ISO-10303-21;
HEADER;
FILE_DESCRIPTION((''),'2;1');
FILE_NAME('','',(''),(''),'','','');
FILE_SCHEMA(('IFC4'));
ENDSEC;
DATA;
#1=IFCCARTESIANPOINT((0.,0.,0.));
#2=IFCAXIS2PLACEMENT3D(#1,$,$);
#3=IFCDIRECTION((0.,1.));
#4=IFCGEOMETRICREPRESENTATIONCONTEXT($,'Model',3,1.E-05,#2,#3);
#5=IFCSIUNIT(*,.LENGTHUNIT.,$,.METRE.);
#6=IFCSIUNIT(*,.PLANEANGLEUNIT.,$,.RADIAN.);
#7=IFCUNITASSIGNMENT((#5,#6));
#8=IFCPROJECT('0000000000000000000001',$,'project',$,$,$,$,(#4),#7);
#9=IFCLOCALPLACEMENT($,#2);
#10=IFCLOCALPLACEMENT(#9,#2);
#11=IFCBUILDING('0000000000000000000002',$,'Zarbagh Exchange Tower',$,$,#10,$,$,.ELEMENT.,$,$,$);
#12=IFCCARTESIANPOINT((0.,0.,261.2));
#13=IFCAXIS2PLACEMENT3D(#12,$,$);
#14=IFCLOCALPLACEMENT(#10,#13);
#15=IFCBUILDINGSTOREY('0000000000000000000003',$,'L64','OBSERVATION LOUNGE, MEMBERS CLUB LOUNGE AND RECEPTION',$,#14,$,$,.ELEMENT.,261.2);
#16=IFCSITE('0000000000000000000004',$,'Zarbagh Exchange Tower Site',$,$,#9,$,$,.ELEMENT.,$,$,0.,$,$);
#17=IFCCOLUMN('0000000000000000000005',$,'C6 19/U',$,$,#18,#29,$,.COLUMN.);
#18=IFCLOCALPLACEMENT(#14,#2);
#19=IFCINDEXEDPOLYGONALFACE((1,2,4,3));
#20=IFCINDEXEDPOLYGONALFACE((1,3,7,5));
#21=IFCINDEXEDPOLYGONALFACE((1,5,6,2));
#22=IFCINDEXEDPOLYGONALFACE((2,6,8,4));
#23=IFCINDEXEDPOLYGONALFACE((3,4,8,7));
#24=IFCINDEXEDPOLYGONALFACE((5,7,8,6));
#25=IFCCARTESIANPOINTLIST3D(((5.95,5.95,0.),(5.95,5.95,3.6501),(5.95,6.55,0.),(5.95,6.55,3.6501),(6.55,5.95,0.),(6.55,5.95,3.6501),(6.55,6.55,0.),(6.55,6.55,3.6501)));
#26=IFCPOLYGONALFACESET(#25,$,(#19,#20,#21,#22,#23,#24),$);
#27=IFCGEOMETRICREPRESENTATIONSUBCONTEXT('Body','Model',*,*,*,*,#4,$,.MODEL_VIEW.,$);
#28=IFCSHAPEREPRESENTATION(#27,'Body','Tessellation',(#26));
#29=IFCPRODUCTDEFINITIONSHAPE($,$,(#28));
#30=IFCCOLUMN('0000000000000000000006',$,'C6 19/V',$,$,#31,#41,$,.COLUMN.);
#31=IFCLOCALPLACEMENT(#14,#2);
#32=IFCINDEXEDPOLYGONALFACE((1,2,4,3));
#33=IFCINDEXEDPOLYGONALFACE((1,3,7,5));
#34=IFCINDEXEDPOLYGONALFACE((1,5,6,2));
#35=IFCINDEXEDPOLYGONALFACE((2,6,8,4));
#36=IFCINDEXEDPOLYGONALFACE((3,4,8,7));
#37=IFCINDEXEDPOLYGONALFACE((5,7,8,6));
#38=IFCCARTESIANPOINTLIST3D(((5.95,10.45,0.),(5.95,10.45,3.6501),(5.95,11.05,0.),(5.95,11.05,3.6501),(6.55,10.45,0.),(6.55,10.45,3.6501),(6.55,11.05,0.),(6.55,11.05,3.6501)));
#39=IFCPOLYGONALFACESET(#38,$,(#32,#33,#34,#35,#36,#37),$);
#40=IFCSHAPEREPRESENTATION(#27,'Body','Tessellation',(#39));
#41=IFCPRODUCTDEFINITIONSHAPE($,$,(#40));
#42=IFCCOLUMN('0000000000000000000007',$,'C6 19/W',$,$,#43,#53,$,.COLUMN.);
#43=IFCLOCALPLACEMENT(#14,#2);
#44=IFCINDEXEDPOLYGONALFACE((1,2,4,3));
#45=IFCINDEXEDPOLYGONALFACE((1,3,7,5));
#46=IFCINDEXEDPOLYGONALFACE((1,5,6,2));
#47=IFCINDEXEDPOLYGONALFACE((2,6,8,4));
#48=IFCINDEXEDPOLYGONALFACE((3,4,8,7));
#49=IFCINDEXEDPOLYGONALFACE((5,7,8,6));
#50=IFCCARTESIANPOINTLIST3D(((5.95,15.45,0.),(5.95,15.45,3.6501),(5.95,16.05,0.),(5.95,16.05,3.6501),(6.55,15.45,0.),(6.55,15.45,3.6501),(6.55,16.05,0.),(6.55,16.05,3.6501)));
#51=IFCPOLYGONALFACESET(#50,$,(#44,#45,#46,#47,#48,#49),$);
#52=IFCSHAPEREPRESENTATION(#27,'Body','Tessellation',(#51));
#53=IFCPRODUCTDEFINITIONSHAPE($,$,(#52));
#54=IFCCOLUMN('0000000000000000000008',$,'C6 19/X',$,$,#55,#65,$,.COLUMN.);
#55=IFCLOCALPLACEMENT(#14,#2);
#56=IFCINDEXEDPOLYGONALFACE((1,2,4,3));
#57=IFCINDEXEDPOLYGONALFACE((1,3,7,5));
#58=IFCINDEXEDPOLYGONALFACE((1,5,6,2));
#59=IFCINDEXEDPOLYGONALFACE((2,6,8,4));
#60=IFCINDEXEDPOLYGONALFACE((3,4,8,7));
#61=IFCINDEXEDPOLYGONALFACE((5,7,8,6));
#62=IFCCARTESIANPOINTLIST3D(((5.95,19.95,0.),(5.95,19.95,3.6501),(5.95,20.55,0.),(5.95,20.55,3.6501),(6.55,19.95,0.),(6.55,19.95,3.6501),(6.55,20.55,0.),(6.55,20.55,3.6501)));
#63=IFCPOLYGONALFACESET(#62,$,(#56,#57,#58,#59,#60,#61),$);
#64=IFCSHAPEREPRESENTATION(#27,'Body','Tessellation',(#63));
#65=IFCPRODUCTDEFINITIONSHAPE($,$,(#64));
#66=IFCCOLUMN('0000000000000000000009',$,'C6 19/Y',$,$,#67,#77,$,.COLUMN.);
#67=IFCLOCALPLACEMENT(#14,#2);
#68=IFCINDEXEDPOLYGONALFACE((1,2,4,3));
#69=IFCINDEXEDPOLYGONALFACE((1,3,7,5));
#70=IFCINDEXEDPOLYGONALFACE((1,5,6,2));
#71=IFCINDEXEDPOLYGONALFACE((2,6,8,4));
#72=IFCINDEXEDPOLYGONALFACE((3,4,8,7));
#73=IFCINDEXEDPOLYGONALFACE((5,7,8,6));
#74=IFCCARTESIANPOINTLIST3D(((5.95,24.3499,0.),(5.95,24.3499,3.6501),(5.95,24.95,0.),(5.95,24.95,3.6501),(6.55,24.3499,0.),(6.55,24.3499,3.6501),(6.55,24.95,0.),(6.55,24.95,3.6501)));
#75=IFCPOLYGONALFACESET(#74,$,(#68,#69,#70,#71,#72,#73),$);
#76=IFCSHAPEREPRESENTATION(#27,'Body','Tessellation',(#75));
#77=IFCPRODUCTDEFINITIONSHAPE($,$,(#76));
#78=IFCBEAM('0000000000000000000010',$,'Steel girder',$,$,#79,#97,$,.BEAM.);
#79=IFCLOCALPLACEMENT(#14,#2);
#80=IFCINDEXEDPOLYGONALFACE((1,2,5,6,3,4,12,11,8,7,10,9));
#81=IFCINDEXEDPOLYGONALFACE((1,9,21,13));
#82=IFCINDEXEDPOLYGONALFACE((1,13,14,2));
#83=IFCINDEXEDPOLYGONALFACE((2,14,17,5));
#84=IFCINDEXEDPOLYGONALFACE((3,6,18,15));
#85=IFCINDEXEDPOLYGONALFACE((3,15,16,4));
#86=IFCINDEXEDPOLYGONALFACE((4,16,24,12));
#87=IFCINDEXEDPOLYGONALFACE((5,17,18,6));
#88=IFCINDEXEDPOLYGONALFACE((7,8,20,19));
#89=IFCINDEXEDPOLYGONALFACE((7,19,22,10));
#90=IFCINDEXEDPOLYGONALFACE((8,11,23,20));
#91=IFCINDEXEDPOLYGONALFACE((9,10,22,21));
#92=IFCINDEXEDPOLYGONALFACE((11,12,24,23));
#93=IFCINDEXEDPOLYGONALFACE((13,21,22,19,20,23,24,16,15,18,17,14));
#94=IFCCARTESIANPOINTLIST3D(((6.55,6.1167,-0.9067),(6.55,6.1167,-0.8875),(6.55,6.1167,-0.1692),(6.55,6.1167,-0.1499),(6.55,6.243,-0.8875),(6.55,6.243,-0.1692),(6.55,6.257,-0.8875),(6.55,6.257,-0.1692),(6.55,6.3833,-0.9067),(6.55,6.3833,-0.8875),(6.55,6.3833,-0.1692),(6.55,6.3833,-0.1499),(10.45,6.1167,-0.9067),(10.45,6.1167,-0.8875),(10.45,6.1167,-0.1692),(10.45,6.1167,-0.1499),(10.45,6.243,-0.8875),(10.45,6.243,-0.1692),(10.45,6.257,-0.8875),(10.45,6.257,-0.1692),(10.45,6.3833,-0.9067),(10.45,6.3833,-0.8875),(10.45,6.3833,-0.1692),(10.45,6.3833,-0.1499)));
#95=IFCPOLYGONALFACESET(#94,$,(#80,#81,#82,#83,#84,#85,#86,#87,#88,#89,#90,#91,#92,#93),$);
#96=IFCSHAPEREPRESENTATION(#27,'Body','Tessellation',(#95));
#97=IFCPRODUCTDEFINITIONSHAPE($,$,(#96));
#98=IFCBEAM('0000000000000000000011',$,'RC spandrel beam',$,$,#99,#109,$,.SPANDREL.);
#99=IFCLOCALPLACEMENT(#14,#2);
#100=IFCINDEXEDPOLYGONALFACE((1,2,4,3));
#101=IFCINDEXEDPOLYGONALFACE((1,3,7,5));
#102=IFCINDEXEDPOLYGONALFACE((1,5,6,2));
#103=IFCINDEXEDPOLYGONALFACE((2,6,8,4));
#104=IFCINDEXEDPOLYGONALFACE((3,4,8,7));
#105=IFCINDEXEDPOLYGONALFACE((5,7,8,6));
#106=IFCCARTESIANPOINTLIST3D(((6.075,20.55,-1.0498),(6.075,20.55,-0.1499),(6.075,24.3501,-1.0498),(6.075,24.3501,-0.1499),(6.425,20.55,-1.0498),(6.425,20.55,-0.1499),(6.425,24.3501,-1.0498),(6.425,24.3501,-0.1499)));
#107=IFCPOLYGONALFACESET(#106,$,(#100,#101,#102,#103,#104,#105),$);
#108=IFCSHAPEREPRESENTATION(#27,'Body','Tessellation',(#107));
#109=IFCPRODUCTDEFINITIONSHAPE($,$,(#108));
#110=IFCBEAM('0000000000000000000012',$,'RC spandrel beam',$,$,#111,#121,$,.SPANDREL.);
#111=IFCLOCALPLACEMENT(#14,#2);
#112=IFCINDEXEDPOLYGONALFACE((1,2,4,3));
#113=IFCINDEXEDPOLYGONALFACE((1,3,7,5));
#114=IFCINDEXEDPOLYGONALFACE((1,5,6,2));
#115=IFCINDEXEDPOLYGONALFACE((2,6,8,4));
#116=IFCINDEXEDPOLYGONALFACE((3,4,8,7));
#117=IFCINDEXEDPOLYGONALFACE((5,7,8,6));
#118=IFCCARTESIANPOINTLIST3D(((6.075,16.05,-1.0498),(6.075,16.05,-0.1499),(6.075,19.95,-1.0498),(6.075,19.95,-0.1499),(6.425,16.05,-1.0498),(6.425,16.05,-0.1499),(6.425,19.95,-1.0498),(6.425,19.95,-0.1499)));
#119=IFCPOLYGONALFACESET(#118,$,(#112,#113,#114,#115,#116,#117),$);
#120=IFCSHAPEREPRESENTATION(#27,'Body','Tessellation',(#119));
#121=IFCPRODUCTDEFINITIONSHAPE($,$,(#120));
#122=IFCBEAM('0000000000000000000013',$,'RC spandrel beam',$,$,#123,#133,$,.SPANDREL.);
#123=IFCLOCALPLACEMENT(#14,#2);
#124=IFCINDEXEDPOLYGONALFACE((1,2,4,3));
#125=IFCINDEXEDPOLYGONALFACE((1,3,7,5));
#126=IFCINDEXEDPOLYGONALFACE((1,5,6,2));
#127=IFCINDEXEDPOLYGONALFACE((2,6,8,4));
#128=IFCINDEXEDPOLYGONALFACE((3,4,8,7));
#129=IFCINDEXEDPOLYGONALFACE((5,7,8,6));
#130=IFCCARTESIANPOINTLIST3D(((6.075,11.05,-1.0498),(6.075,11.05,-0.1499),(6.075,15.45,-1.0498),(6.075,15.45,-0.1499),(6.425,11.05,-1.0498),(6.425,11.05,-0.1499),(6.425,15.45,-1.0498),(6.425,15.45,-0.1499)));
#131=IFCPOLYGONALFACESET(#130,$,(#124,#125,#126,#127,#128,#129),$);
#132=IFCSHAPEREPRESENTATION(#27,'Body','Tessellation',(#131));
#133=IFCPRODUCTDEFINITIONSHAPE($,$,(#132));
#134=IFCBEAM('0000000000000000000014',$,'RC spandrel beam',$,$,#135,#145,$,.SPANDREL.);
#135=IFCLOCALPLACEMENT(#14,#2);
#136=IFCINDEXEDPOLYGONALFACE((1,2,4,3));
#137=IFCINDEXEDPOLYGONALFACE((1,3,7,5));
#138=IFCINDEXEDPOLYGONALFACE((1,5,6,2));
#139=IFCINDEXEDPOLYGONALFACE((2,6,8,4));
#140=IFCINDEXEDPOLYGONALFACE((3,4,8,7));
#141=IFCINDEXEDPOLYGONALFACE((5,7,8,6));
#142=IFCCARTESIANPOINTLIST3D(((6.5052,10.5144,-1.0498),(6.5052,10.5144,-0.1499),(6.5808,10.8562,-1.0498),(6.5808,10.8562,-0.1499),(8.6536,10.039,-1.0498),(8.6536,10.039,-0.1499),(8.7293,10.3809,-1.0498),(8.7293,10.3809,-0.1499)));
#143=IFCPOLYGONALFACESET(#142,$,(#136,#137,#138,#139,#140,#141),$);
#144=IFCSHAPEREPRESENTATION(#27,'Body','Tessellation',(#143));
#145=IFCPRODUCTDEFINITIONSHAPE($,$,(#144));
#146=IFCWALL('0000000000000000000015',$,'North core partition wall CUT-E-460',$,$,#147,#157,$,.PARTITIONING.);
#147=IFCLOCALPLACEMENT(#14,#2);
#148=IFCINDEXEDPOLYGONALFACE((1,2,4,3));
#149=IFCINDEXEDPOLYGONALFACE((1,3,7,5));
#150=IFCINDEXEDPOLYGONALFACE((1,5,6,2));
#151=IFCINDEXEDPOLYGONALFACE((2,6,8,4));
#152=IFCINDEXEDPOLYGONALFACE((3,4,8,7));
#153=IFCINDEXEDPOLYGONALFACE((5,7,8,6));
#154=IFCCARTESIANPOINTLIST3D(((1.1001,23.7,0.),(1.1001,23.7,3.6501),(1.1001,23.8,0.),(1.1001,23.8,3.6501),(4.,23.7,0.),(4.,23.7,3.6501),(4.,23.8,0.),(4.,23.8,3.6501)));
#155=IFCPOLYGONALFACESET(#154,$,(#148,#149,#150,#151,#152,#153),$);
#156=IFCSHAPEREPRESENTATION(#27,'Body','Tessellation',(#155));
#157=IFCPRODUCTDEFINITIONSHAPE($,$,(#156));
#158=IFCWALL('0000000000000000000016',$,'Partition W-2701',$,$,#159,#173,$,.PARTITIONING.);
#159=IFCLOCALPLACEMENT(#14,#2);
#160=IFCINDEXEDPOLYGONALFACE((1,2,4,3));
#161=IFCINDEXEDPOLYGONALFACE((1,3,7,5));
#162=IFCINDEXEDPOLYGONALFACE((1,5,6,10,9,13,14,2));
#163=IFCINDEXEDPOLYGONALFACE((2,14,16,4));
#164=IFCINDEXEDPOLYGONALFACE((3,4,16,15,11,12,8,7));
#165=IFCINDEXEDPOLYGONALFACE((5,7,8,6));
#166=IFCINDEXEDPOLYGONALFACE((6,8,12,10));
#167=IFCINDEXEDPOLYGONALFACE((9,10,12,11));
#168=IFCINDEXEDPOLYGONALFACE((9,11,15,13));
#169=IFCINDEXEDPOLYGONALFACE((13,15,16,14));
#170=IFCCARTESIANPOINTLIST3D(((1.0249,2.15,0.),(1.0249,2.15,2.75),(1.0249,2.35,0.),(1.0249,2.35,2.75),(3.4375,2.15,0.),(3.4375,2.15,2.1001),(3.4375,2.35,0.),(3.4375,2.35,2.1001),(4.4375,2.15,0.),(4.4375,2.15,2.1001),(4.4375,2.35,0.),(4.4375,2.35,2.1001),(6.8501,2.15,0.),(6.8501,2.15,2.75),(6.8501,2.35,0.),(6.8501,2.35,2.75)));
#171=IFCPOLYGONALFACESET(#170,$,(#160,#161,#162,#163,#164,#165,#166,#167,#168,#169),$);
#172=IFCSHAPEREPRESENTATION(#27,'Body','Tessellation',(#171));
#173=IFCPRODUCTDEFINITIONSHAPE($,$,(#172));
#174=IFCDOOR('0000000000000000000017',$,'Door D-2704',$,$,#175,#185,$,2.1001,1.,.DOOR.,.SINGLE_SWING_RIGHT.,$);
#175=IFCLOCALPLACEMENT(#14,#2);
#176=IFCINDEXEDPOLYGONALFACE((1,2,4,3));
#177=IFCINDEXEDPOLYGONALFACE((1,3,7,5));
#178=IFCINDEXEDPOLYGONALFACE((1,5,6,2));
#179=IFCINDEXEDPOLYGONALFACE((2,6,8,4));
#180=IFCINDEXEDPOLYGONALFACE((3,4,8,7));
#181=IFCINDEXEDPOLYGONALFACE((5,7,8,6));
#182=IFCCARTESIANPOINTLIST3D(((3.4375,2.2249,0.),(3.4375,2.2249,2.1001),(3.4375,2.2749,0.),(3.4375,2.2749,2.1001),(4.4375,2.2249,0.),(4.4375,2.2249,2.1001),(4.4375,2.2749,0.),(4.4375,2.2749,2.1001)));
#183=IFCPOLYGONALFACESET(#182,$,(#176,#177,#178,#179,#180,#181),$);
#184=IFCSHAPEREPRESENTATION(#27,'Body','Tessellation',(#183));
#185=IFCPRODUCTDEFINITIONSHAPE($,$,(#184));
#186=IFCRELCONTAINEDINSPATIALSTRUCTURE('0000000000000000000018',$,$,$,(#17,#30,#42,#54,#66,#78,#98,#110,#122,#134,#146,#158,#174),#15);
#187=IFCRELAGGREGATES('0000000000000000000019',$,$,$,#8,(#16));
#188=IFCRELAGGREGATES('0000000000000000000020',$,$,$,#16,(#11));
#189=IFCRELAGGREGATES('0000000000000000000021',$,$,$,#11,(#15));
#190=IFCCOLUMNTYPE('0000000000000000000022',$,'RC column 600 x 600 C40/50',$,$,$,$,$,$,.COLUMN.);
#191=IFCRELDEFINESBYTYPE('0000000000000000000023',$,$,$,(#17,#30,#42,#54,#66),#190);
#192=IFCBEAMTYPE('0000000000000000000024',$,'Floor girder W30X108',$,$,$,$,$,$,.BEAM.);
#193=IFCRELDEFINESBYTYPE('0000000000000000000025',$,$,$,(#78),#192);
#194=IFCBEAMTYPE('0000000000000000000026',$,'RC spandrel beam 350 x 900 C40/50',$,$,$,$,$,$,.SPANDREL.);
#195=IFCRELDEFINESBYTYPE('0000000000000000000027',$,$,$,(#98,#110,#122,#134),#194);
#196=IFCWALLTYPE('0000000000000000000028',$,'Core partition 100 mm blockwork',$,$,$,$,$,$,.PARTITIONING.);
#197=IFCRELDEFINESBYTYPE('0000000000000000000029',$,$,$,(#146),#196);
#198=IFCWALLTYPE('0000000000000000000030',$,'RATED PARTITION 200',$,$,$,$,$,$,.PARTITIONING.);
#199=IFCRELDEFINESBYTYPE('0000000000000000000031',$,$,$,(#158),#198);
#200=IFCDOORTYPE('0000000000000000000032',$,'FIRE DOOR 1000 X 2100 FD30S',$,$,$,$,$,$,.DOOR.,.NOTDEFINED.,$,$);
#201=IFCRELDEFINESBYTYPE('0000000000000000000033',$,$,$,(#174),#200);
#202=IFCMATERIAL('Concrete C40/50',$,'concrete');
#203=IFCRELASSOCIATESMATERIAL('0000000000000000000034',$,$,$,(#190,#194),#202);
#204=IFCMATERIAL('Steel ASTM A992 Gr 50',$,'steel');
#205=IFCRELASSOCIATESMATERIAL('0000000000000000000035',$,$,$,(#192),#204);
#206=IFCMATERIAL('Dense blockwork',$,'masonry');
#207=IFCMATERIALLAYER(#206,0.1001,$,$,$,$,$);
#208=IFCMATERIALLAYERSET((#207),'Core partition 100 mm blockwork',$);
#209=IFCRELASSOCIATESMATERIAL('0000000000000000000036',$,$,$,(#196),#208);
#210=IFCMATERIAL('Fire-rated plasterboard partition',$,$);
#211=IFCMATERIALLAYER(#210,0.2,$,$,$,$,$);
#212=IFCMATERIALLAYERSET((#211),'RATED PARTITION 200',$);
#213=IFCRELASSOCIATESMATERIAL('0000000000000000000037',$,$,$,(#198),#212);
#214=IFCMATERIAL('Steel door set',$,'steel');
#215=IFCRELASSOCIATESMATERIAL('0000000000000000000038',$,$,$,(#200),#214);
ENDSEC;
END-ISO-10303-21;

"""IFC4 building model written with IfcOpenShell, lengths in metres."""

from ifc_helpers import new_model, si_unit, direction, frame, frame_2d, origin, origin_2d, place, context, subcontext, project, spatial, rectangle, i_section, extrude, material, layer, layer_set, material_profile, profile_set, type_object, element, fill, save


model = new_model("IFC4")

# Units and contexts
model_context = context("Model", 3, precision=1e-05, world=origin(), true_north=direction((0.0, 1.0)))
body_context = subcontext(model_context, "Body", "Model", "MODEL_VIEW")
ifc_project = project(units=[si_unit("LENGTHUNIT", "METRE"), si_unit("PLANEANGLEUNIT", "RADIAN")], contexts=[model_context])

# Site, building, storey
site_placement = place(None, origin())
site = spatial("IfcSite", under=ifc_project, at=site_placement, Name="Zarbagh Exchange Tower Site", CompositionType="ELEMENT", RefElevation=0.0)
building_placement = place(site_placement, origin())
building = spatial("IfcBuilding", under=site, at=building_placement, Name="Zarbagh Exchange Tower", CompositionType="ELEMENT")
storey_placement = place(building_placement, frame((0.0, 0.0, 261.2)))
storey = spatial("IfcBuildingStorey", under=building, at=storey_placement, Name="L64", Description="OBSERVATION LOUNGE, MEMBERS CLUB LOUNGE AND RECEPTION", CompositionType="ELEMENT", Elevation=261.2)

# Columns
ifc_material_1 = material(Name="Concrete C40/50", Category="concrete")
ifc_material_profile_1 = material_profile(ifc_material_1, rectangle(XDim=0.6001, YDim=0.6001, at=origin_2d()), Name="RC column 600 x 600 C40/50")
ifc_profile_set_1 = profile_set([ifc_material_profile_1], Name="Concrete C40/50")
column_type = type_object("IfcColumnType", Name="RC column 600 x 600 C40/50", PredefinedType="COLUMN", material=ifc_profile_set_1)
for number, where, z_axis, x_axis, name in (
    (1, (6.25, 6.25, 0.0), (0.0, 0.0, 1.0), (1.0, 0.0, 0.0), "C6 19/U"),
    (2, (6.25, 10.75, 0.0), (0.0, 0.0, 1.0), (1.0, 0.0, 0.0), "C6 19/V"),
    (3, (6.25, 15.75, 0.0), (0.0, 0.0, 1.0), (1.0, 0.0, 0.0), "C6 19/W"),
    (4, (6.25, 20.25, 0.0), (0.0, 0.0, 1.0), (1.0, 0.0, 0.0), "C6 19/X"),
    (5, (6.25, 24.6499, 0.0), (0.0, 0.0, 1.0), (1.0, 0.0, 0.0), "C6 19/Y"),
):
    element("IfcColumn", number, at=place(storey_placement, frame(where, z_axis=z_axis, x_axis=x_axis)), inside=storey, type_object=column_type, Name=name, PredefinedType="COLUMN", context=body_context, shape_type="SweptSolid", body=[
        extrude(rectangle(XDim=0.6001, YDim=0.6001, at=origin_2d()), origin(), (0.0, 0.0, 1.0), 3.6501),
    ])

# Beams
ifc_material_2 = material(Name="Steel ASTM A992 Gr 50", Category="steel")
ifc_material_profile_2 = material_profile(ifc_material_2, i_section(OverallWidth=0.2666, OverallDepth=0.7568, WebThickness=0.0139, FlangeThickness=0.0193, at=origin_2d()), Name="W30X108")
ifc_profile_set_2 = profile_set([ifc_material_profile_2], Name="Steel ASTM A992 Gr 50")
beam_type_1 = type_object("IfcBeamType", Name="Floor girder W30X108", PredefinedType="BEAM", material=ifc_profile_set_2)
beam_1_placement = place(storey_placement, frame((6.55, 6.25, -0.5283), z_axis=(1.0, 0.0, 0.0), x_axis=(0.0, 1.0, 0.0)))
element("IfcBeam", 6, at=beam_1_placement, inside=storey, type_object=beam_type_1, Name="Steel girder", PredefinedType="BEAM", context=body_context, shape_type="SweptSolid", body=[
    extrude(i_section(OverallWidth=0.2666, OverallDepth=0.7568, WebThickness=0.0139, FlangeThickness=0.0193, at=origin_2d()), origin(), (0.0, 0.0, 1.0), 3.8999),
])
ifc_material_profile_3 = material_profile(ifc_material_1, rectangle(XDim=0.3501, YDim=0.8999, at=origin_2d()), Name="RC spandrel beam 350 x 900 C40/50")
ifc_profile_set_3 = profile_set([ifc_material_profile_3], Name="Concrete C40/50")
beam_type_2 = type_object("IfcBeamType", Name="RC spandrel beam 350 x 900 C40/50", PredefinedType="SPANDREL", material=ifc_profile_set_3)
beam_2_placement = place(storey_placement, frame((6.25, 24.3501, -0.5999), z_axis=(0.0, -1.0, 0.0), x_axis=(1.0, 0.0, 0.0)))
element("IfcBeam", 7, at=beam_2_placement, inside=storey, type_object=beam_type_2, Name="RC spandrel beam", PredefinedType="SPANDREL", context=body_context, shape_type="SweptSolid", body=[
    extrude(rectangle(XDim=0.3501, YDim=0.8999, at=origin_2d()), origin(), (0.0, 0.0, 1.0), 3.8),
])
beam_3_placement = place(storey_placement, frame((6.25, 19.95, -0.5999), z_axis=(0.0, -1.0, 0.0), x_axis=(1.0, 0.0, 0.0)))
element("IfcBeam", 8, at=beam_3_placement, inside=storey, type_object=beam_type_2, Name="RC spandrel beam", PredefinedType="SPANDREL", context=body_context, shape_type="SweptSolid", body=[
    extrude(rectangle(XDim=0.3501, YDim=0.8999, at=origin_2d()), origin(), (0.0, 0.0, 1.0), 3.8999),
])
beam_4_placement = place(storey_placement, frame((6.25, 15.45, -0.5999), z_axis=(0.0, -1.0, 0.0), x_axis=(1.0, 0.0, 0.0)))
element("IfcBeam", 9, at=beam_4_placement, inside=storey, type_object=beam_type_2, Name="RC spandrel beam", PredefinedType="SPANDREL", context=body_context, shape_type="SweptSolid", body=[
    extrude(rectangle(XDim=0.3501, YDim=0.8999, at=origin_2d()), origin(), (0.0, 0.0, 1.0), 4.3999),
])
beam_5_placement = place(storey_placement, frame((6.543, 10.6853, -0.5999), z_axis=(0.976388, -0.216026, 0.0), x_axis=(0.216026, 0.976388, 0.0)))
element("IfcBeam", 10, at=beam_5_placement, inside=storey, type_object=beam_type_2, Name="RC spandrel beam", PredefinedType="SPANDREL", context=body_context, shape_type="SweptSolid", body=[
    extrude(rectangle(XDim=0.3501, YDim=0.8999, at=origin_2d()), origin(), (0.0, 0.0, 1.0), 2.2004),
])

# Wall
ifc_material_3 = material(Name="Dense blockwork", Category="masonry")
ifc_layer_1 = layer(ifc_material_3, 0.1001)
ifc_layer_set_1 = layer_set([ifc_layer_1], Name="Core partition 100 mm blockwork")
wall_type_1 = type_object("IfcWallType", Name="Core partition 100 mm blockwork", PredefinedType="PARTITIONING", material=ifc_layer_set_1)
wall_1_placement = place(storey_placement, frame((1.1001, 23.75, 0.0), z_axis=(0.0, 0.0, 1.0), x_axis=(1.0, 0.0, 0.0)))
element("IfcWall", 11, at=wall_1_placement, inside=storey, type_object=wall_type_1, Name="North core partition wall CUT-E-460", PredefinedType="PARTITIONING", context=body_context, shape_type="SweptSolid", body=[
    extrude(rectangle(XDim=2.8999, YDim=0.1001, at=frame_2d((1.45, 0.0))), origin(), (0.0, 0.0, 1.0), 3.6501),
])

# Wall, opening, door
ifc_material_4 = material(Name="Fire-rated plasterboard partition")
ifc_layer_2 = layer(ifc_material_4, 0.2)
ifc_layer_set_2 = layer_set([ifc_layer_2], Name="RATED PARTITION 200")
wall_type_2 = type_object("IfcWallType", Name="RATED PARTITION 200", PredefinedType="PARTITIONING", material=ifc_layer_set_2)
wall_2_placement = place(storey_placement, frame((1.0249, 2.25, 0.0), z_axis=(0.0, 0.0, 1.0), x_axis=(1.0, 0.0, 0.0)))
wall_2 = element("IfcWall", 12, at=wall_2_placement, inside=storey, type_object=wall_type_2, Name="Partition W-2701", PredefinedType="PARTITIONING", context=body_context, shape_type="SweptSolid", body=[
    extrude(rectangle(XDim=5.8252, YDim=0.2, at=frame_2d((2.9126, 0.0))), origin(), (0.0, 0.0, 1.0), 2.75),
])
opening_1_placement = place(wall_2_placement, frame((2.4126, 0.0, 0.0)))
opening_1 = element("IfcOpeningElement", 13, at=opening_1_placement, cuts=wall_2, PredefinedType="OPENING", context=body_context, shape_type="SweptSolid", body=[
    extrude(rectangle(XDim=1.0, YDim=2.1001, at=frame_2d((0.5, 1.05))), frame((0.0, 0.1099, 0.0), z_axis=(0.0, -1.0, 0.0), x_axis=(1.0, 0.0, 0.0)), (0.0, 0.0, 1.0), 0.22),
])
ifc_material_5 = material(Name="Steel door set", Category="steel")
door_type_1 = type_object("IfcDoorType", Name="FIRE DOOR 1000 X 2100 FD30S", OperationType="NOTDEFINED", PredefinedType="DOOR", material=ifc_material_5)
door_1_placement = place(opening_1_placement, origin())
door_1 = element("IfcDoor", 14, at=door_1_placement, inside=storey, type_object=door_type_1, Name="Door D-2704", OperationType="SINGLE_SWING_RIGHT", OverallHeight=2.1001, OverallWidth=1.0, PredefinedType="DOOR", context=body_context, shape_type="SweptSolid", body=[
    extrude(rectangle(XDim=1.0, YDim=2.1001, at=frame_2d((0.5, 1.05))), frame((0.0, 0.0249, 0.0), z_axis=(0.0, -1.0, 0.0), x_axis=(1.0, 0.0, 0.0)), (0.0, 0.0, 1.0), 0.05),
])
fill(opening_1, door_1)

save(model, "model.ifc")
